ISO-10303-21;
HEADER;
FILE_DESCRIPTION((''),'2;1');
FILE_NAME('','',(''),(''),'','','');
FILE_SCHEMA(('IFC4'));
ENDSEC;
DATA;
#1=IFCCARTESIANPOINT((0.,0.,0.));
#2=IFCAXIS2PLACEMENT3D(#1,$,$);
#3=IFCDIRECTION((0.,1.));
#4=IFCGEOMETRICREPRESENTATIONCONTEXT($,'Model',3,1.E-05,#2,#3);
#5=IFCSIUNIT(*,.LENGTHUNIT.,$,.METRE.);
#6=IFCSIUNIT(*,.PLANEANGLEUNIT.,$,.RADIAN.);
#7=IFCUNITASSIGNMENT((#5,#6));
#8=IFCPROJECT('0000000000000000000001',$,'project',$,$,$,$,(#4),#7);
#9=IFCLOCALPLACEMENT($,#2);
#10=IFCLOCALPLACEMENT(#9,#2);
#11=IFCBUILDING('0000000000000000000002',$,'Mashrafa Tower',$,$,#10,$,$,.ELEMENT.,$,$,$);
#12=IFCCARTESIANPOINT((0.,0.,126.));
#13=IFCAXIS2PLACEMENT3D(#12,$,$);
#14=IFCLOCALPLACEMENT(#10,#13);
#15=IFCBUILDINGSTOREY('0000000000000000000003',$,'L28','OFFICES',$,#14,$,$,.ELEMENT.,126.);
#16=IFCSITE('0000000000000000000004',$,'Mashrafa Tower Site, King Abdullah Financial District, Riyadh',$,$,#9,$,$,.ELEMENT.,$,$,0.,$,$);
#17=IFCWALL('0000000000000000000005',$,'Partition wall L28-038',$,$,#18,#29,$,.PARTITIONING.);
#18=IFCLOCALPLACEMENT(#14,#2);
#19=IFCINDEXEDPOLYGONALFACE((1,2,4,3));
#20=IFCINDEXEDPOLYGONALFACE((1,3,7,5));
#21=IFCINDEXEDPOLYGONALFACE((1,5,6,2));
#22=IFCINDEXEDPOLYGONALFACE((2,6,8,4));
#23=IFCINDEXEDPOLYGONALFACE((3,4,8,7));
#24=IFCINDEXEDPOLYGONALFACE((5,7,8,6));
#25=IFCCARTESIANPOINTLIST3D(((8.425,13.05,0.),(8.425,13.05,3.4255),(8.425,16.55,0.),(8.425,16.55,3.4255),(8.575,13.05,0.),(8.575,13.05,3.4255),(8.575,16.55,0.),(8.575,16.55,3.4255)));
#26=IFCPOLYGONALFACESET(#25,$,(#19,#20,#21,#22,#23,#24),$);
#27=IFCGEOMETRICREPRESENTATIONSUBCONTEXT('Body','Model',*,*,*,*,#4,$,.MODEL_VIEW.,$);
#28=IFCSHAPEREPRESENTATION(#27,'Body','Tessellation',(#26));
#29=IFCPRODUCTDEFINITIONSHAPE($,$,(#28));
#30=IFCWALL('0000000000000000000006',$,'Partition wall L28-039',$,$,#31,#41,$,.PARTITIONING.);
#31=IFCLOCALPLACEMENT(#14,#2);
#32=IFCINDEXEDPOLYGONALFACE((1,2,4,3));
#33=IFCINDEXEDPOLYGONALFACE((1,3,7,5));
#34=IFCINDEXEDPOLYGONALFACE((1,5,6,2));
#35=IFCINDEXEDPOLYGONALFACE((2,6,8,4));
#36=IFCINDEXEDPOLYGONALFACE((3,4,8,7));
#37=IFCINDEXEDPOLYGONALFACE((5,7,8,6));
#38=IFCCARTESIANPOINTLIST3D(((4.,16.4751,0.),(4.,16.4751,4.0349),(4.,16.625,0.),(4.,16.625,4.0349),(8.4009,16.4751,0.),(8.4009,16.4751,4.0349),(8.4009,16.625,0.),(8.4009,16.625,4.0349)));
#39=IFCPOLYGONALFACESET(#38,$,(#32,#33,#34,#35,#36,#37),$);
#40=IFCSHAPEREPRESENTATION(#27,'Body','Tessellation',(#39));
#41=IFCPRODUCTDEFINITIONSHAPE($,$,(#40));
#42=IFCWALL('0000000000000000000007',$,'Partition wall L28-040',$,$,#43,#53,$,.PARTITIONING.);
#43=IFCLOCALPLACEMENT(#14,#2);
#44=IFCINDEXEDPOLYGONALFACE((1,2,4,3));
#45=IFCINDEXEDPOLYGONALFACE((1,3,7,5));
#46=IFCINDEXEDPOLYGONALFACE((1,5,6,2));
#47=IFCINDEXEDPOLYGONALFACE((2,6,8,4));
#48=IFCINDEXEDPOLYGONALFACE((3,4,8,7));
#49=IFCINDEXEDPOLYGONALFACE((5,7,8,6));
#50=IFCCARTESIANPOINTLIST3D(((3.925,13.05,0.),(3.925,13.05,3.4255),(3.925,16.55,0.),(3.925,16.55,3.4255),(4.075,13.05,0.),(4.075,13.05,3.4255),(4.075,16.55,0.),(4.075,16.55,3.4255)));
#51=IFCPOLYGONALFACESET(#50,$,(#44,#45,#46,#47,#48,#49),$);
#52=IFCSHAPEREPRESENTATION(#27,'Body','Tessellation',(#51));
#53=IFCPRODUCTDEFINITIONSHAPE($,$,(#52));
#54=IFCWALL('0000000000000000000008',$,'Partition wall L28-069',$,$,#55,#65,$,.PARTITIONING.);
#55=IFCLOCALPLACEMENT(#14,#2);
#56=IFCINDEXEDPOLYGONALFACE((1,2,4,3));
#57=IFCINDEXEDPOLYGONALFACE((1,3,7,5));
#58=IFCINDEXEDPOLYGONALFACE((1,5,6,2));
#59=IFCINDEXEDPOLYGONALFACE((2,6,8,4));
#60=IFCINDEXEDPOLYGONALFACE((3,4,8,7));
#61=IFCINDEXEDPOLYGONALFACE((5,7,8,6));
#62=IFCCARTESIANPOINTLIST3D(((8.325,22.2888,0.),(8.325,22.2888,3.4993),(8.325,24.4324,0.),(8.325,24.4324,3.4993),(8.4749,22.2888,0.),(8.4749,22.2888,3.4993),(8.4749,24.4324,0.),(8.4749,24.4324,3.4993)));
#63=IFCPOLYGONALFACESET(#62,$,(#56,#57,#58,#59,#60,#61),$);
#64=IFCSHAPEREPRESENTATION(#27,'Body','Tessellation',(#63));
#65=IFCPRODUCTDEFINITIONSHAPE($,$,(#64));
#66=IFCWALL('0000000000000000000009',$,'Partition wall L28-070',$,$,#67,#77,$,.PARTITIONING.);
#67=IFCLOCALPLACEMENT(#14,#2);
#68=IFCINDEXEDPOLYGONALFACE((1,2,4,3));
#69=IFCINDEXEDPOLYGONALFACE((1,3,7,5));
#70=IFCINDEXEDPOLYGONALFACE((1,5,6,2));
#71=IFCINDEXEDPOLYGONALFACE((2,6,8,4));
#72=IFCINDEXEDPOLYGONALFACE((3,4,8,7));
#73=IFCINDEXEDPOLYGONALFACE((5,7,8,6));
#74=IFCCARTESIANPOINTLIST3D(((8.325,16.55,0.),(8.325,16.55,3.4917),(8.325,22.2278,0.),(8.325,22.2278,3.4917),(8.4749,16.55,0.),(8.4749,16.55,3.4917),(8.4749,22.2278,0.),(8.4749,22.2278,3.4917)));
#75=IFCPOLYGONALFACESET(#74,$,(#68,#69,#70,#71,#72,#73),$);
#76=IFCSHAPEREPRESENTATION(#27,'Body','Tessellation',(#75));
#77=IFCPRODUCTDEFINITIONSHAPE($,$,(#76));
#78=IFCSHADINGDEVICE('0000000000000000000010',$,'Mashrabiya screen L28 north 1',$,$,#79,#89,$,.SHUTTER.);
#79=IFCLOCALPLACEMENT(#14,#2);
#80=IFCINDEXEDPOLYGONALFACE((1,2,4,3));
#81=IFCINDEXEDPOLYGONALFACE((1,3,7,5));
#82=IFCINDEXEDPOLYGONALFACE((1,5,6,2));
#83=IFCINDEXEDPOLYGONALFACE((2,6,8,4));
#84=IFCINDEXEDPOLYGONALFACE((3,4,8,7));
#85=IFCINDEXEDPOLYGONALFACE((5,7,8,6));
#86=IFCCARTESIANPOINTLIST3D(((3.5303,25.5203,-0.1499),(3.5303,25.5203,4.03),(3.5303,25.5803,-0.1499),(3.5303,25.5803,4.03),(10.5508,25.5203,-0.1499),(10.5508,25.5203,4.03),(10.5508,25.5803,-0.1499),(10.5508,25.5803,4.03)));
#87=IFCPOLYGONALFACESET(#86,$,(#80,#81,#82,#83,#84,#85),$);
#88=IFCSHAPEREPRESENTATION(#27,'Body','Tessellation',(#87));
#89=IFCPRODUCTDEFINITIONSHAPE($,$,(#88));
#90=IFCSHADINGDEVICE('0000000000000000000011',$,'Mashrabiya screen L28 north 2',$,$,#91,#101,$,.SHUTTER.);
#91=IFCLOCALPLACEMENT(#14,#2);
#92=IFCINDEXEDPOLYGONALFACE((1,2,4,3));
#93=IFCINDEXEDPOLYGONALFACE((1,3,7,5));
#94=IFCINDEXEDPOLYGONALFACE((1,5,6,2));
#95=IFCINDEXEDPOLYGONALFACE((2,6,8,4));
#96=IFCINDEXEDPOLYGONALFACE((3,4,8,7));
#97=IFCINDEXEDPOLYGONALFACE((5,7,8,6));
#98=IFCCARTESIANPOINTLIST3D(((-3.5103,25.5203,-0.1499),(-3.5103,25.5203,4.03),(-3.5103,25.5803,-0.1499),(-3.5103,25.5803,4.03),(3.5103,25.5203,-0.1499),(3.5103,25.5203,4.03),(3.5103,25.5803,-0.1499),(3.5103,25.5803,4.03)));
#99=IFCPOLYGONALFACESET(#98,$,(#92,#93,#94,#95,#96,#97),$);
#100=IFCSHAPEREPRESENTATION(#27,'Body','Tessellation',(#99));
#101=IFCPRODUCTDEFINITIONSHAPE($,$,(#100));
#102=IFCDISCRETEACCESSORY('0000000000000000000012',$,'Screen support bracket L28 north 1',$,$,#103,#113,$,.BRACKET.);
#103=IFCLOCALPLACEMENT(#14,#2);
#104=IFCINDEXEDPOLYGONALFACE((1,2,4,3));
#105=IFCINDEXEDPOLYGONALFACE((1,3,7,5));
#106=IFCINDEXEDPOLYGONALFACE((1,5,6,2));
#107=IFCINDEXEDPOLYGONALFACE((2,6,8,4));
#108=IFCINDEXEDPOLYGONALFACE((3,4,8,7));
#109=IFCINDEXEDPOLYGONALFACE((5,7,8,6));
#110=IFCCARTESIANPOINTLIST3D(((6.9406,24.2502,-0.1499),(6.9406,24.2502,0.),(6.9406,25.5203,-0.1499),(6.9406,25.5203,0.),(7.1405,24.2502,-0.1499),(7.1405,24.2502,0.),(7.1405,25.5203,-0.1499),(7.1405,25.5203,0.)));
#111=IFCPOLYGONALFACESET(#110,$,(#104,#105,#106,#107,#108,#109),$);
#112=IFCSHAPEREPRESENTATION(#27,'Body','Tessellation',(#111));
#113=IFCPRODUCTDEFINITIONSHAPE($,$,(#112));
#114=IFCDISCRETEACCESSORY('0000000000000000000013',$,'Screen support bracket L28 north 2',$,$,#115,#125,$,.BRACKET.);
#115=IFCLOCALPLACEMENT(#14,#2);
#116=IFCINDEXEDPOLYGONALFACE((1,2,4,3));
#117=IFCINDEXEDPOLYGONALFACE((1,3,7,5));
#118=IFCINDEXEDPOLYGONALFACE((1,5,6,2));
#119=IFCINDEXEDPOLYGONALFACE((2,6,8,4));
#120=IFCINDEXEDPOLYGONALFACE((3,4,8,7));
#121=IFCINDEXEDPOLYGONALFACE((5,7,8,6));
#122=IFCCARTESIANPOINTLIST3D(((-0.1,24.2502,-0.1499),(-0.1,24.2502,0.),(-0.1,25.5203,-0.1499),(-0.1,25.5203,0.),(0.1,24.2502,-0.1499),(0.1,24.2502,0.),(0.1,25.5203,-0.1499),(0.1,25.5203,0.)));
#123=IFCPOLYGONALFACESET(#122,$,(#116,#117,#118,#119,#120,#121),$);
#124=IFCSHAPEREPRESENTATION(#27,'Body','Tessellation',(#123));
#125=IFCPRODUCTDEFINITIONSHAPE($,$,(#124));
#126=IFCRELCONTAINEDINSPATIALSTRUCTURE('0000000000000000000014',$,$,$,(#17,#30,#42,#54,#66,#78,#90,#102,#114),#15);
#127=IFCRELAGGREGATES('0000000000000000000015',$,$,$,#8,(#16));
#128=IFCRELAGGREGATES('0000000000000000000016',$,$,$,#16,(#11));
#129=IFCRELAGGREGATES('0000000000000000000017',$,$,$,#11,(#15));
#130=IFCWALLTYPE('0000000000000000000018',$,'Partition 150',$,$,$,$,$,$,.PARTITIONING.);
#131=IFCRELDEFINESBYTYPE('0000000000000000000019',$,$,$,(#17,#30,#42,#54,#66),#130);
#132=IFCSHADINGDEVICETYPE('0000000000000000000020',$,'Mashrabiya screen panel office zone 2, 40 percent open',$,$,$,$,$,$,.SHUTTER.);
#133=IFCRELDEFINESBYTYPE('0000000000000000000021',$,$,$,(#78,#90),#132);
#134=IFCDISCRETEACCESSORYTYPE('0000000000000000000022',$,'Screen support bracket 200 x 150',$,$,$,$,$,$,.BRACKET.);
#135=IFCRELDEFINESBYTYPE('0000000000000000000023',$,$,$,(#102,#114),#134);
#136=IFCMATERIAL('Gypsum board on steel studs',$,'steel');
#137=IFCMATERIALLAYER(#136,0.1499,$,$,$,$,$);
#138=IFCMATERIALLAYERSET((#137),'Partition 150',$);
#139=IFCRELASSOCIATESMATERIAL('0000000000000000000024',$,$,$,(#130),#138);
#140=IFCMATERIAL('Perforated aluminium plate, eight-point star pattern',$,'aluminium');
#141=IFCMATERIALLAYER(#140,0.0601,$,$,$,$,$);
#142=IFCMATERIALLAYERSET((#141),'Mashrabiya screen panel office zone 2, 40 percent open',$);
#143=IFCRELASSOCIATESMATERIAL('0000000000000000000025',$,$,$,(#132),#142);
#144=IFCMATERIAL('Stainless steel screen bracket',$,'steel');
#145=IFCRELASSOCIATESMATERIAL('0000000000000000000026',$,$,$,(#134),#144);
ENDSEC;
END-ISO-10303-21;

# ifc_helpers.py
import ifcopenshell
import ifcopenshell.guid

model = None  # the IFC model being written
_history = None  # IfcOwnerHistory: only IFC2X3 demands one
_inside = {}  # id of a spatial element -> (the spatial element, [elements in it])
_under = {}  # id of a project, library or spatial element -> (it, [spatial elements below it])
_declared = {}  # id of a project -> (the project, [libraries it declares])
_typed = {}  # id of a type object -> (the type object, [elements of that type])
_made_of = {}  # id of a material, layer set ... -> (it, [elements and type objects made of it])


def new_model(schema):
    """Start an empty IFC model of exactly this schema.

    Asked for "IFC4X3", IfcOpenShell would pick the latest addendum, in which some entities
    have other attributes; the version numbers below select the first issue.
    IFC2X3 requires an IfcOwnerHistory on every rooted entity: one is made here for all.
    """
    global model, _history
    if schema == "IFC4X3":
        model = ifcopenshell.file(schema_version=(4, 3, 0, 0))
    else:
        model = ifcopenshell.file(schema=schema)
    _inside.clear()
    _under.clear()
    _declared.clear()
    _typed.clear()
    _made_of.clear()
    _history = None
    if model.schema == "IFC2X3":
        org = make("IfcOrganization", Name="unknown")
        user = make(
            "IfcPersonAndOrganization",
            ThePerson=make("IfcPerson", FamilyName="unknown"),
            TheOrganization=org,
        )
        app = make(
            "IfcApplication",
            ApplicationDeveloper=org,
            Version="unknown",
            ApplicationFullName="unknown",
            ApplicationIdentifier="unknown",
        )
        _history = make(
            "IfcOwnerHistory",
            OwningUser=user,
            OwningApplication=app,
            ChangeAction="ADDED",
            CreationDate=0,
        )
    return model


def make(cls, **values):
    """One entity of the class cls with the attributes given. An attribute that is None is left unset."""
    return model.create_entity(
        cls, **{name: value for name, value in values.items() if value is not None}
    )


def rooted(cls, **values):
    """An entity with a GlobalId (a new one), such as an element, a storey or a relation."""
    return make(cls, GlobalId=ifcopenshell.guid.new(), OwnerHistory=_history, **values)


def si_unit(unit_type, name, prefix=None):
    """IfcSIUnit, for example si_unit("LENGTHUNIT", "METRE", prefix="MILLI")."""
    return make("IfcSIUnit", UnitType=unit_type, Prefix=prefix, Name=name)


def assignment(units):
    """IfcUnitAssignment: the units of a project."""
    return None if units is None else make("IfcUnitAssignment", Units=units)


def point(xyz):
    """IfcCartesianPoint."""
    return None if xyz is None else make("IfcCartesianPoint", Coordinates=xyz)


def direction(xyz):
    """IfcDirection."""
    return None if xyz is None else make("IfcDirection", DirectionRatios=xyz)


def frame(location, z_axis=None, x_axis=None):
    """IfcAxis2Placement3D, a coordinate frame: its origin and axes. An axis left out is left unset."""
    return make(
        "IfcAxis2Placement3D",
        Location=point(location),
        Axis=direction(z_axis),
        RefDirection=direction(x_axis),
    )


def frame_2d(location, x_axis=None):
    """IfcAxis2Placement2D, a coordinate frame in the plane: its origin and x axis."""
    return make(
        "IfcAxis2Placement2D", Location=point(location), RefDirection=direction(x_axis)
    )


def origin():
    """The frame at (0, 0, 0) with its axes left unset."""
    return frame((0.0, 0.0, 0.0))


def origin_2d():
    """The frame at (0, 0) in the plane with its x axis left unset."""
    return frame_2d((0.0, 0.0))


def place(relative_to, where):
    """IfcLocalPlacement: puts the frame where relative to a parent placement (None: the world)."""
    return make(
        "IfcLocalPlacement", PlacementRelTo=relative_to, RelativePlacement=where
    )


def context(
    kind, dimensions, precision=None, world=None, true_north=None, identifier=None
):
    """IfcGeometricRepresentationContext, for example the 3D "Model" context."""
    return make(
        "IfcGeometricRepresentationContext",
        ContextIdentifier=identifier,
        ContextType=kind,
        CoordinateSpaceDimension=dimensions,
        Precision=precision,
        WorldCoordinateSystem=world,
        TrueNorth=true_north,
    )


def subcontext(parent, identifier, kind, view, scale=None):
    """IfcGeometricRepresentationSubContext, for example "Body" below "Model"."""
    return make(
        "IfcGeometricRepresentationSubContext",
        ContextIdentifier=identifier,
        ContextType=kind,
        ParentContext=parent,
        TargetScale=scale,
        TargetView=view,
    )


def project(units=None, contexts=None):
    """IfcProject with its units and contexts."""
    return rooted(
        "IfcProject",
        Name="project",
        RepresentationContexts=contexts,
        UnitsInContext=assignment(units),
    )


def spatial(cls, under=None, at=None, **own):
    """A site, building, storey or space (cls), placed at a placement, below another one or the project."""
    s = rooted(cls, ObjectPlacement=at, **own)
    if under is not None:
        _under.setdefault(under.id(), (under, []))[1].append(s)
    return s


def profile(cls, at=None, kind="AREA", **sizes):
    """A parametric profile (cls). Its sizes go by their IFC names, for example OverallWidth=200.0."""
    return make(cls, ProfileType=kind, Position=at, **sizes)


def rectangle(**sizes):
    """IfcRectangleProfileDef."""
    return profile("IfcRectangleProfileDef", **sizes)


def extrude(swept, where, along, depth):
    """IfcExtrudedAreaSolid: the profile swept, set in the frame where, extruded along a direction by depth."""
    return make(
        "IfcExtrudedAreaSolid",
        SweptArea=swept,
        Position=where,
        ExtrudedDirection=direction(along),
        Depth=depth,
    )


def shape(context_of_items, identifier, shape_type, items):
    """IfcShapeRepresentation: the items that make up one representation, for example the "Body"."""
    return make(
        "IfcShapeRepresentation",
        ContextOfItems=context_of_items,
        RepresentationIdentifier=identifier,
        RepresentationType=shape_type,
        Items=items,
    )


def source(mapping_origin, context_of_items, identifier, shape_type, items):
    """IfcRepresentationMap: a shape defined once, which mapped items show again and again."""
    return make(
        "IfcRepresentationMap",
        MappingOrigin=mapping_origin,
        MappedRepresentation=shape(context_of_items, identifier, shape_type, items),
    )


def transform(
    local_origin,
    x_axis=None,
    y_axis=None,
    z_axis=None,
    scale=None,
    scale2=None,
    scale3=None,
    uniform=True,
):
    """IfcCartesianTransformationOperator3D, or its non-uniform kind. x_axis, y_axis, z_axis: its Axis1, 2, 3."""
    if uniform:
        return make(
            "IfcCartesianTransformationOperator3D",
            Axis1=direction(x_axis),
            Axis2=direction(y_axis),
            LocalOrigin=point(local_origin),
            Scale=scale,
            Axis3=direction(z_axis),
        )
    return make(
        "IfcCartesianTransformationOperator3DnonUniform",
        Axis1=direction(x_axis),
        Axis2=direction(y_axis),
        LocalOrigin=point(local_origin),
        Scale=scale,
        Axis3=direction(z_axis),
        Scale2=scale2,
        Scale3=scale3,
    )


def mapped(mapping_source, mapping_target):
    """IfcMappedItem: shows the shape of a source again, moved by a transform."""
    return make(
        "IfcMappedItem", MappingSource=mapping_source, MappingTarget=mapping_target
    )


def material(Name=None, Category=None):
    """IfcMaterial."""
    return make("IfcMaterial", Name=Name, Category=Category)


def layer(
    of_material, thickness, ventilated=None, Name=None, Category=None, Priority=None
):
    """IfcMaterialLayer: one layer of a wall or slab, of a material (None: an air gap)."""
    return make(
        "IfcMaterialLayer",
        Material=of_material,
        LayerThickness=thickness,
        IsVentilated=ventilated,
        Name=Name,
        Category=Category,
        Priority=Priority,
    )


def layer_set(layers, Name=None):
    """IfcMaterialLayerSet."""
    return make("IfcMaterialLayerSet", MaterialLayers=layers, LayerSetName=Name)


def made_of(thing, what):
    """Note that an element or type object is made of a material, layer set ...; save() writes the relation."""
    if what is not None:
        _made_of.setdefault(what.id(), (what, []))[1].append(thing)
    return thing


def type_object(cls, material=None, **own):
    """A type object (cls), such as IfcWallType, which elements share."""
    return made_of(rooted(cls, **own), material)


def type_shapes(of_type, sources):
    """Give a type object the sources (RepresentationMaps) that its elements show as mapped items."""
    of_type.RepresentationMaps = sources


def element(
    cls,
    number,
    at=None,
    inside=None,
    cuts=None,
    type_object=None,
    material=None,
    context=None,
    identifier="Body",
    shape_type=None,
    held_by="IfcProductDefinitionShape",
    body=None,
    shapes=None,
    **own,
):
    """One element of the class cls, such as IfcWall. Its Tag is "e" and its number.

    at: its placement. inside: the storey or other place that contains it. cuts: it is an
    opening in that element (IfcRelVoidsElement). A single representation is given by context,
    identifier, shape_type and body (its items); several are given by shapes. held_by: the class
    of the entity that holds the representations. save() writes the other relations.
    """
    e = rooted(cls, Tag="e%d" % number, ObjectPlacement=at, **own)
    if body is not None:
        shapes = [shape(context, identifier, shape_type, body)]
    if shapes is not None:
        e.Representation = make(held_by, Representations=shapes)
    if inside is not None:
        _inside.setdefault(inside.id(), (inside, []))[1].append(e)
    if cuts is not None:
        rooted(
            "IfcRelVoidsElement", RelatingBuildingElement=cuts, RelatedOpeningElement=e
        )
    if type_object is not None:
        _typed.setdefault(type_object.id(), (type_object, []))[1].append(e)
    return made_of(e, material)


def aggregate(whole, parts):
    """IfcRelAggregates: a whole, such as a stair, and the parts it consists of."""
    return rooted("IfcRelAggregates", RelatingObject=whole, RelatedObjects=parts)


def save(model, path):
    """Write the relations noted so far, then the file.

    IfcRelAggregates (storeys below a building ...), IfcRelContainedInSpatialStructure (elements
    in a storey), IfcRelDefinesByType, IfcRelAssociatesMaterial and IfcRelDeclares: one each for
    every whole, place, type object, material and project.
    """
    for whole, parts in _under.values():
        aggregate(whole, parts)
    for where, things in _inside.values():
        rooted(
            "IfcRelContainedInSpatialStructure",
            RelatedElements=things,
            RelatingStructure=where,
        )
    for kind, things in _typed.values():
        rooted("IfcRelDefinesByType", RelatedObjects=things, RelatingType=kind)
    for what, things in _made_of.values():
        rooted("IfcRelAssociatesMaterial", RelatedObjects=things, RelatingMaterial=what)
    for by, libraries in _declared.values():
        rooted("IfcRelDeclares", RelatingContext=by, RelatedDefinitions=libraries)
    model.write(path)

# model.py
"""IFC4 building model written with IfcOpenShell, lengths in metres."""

from ifc_helpers import new_model, si_unit, direction, frame, frame_2d, origin, origin_2d, place, context, subcontext, project, spatial, rectangle, extrude, source, transform, mapped, material, layer, layer_set, type_object, type_shapes, element, save


model = new_model("IFC4")

# Units and contexts
model_context = context("Model", 3, precision=1e-05, world=origin(), true_north=direction((0.0, 1.0)))
body_context = subcontext(model_context, "Body", "Model", "MODEL_VIEW")
ifc_project = project(units=[si_unit("LENGTHUNIT", "METRE"), si_unit("PLANEANGLEUNIT", "RADIAN")], contexts=[model_context])

# Site, building, storey
site_placement = place(None, origin())
site = spatial("IfcSite", under=ifc_project, at=site_placement, Name="Mashrafa Tower Site, King Abdullah Financial District, Riyadh", CompositionType="ELEMENT", RefElevation=0.0)
building_placement = place(site_placement, origin())
building = spatial("IfcBuilding", under=site, at=building_placement, Name="Mashrafa Tower", CompositionType="ELEMENT")
storey_placement = place(building_placement, frame((0.0, 0.0, 126.0)))
storey = spatial("IfcBuildingStorey", under=building, at=storey_placement, Name="L28", Description="OFFICES", CompositionType="ELEMENT", Elevation=126.0)

# Walls
ifc_material_1 = material(Name="Gypsum board on steel studs", Category="steel")
ifc_layer_1 = layer(ifc_material_1, 0.1499)
ifc_layer_set_1 = layer_set([ifc_layer_1], Name="Partition 150")
wall_type_1 = type_object("IfcWallType", Name="Partition 150", PredefinedType="PARTITIONING", material=ifc_layer_set_1)
wall_1_placement = place(storey_placement, frame((8.5, 13.05, 0.0), z_axis=(0.0, 0.0, 1.0), x_axis=(0.0, 1.0, 0.0)))
element("IfcWall", 1, at=wall_1_placement, inside=storey, type_object=wall_type_1, Name="Partition wall L28-038", PredefinedType="PARTITIONING", context=body_context, shape_type="SweptSolid", body=[
    extrude(rectangle(XDim=3.5, YDim=0.1499, at=frame_2d((1.75, 0.0))), origin(), (0.0, 0.0, 1.0), 3.4255),
])
wall_2_placement = place(storey_placement, frame((8.4009, 16.55, 0.0), z_axis=(0.0, 0.0, 1.0), x_axis=(-1.0, 0.0, 0.0)))
element("IfcWall", 2, at=wall_2_placement, inside=storey, type_object=wall_type_1, Name="Partition wall L28-039", PredefinedType="PARTITIONING", context=body_context, shape_type="SweptSolid", body=[
    extrude(rectangle(XDim=4.4009, YDim=0.1499, at=frame_2d((2.2004, 0.0))), origin(), (0.0, 0.0, 1.0), 4.0349),
])
wall_3_placement = place(storey_placement, frame((4.0, 16.55, 0.0), z_axis=(0.0, 0.0, 1.0), x_axis=(0.0, -1.0, 0.0)))
element("IfcWall", 3, at=wall_3_placement, inside=storey, type_object=wall_type_1, Name="Partition wall L28-040", PredefinedType="PARTITIONING", context=body_context, shape_type="SweptSolid", body=[
    extrude(rectangle(XDim=3.5, YDim=0.1499, at=frame_2d((1.75, 0.0))), origin(), (0.0, 0.0, 1.0), 3.4255),
])
wall_4_placement = place(storey_placement, frame((8.3999, 24.4324, 0.0), z_axis=(0.0, 0.0, 1.0), x_axis=(0.0, -1.0, 0.0)))
element("IfcWall", 4, at=wall_4_placement, inside=storey, type_object=wall_type_1, Name="Partition wall L28-069", PredefinedType="PARTITIONING", context=body_context, shape_type="SweptSolid", body=[
    extrude(rectangle(XDim=2.1436, YDim=0.1499, at=frame_2d((1.0718, 0.0))), origin(), (0.0, 0.0, 1.0), 3.4993),
])
wall_5_placement = place(storey_placement, frame((8.3999, 22.2278, 0.0), z_axis=(0.0, 0.0, 1.0), x_axis=(0.0, -1.0, 0.0)))
element("IfcWall", 5, at=wall_5_placement, inside=storey, type_object=wall_type_1, Name="Partition wall L28-070", PredefinedType="PARTITIONING", context=body_context, shape_type="SweptSolid", body=[
    extrude(rectangle(XDim=5.6777, YDim=0.1499, at=frame_2d((2.8389, 0.0))), origin(), (0.0, 0.0, 1.0), 3.4917),
])

# Shading devices
ifc_material_2 = material(Name="Perforated aluminium plate, eight-point star pattern", Category="aluminium")
ifc_layer_2 = layer(ifc_material_2, 0.0601)
ifc_layer_set_2 = layer_set([ifc_layer_2], Name="Mashrabiya screen panel office zone 2, 40 percent open")
shading_device_type = type_object("IfcShadingDeviceType", Name="Mashrabiya screen panel office zone 2, 40 percent open", PredefinedType="SHUTTER", material=ifc_layer_set_2)
shared_shape_1 = source(origin(), body_context, "Body", "SweptSolid", [
    extrude(rectangle(XDim=7.0205, YDim=0.0601, at=origin_2d()), origin(), (0.0, 0.0, 1.0), 4.1799),
])
type_shapes(shading_device_type, [shared_shape_1])
for number, where, z_axis, x_axis, name in (
    (6, (7.0405, 25.5503, -0.1499), (0.0, 0.0, 1.0), (-1.0, 0.0, 0.0), "Mashrabiya screen L28 north 1"),
    (7, (0.0, 25.5503, -0.1499), (0.0, 0.0, 1.0), (-1.0, 0.0, 0.0), "Mashrabiya screen L28 north 2"),
):
    element("IfcShadingDevice", number, at=place(storey_placement, frame(where, z_axis=z_axis, x_axis=x_axis)), inside=storey, type_object=shading_device_type, Name=name, PredefinedType="SHUTTER", context=body_context, shape_type="MappedRepresentation", body=[
        mapped(shared_shape_1, transform((0.0, 0.0, 0.0))),
    ])

# Discrete accessories
ifc_material_3 = material(Name="Stainless steel screen bracket", Category="steel")
discrete_accessory_type = type_object("IfcDiscreteAccessoryType", Name="Screen support bracket 200 x 150", PredefinedType="BRACKET", material=ifc_material_3)
shared_shape_2 = source(origin(), body_context, "Body", "SweptSolid", [
    extrude(rectangle(XDim=0.2, YDim=1.27, at=origin_2d()), origin(), (0.0, 0.0, 1.0), 0.1499),
])
type_shapes(discrete_accessory_type, [shared_shape_2])
for number, where, z_axis, x_axis, name in (
    (8, (7.0405, 24.8853, -0.1499), (0.0, 0.0, 1.0), (-1.0, 0.0, 0.0), "Screen support bracket L28 north 1"),
    (9, (0.0, 24.8853, -0.1499), (0.0, 0.0, 1.0), (-1.0, 0.0, 0.0), "Screen support bracket L28 north 2"),
):
    element("IfcDiscreteAccessory", number, at=place(storey_placement, frame(where, z_axis=z_axis, x_axis=x_axis)), inside=storey, type_object=discrete_accessory_type, Name=name, PredefinedType="BRACKET", context=body_context, shape_type="MappedRepresentation", body=[
        mapped(shared_shape_2, transform((0.0, 0.0, 0.0))),
    ])

save(model, "model.ifc")
